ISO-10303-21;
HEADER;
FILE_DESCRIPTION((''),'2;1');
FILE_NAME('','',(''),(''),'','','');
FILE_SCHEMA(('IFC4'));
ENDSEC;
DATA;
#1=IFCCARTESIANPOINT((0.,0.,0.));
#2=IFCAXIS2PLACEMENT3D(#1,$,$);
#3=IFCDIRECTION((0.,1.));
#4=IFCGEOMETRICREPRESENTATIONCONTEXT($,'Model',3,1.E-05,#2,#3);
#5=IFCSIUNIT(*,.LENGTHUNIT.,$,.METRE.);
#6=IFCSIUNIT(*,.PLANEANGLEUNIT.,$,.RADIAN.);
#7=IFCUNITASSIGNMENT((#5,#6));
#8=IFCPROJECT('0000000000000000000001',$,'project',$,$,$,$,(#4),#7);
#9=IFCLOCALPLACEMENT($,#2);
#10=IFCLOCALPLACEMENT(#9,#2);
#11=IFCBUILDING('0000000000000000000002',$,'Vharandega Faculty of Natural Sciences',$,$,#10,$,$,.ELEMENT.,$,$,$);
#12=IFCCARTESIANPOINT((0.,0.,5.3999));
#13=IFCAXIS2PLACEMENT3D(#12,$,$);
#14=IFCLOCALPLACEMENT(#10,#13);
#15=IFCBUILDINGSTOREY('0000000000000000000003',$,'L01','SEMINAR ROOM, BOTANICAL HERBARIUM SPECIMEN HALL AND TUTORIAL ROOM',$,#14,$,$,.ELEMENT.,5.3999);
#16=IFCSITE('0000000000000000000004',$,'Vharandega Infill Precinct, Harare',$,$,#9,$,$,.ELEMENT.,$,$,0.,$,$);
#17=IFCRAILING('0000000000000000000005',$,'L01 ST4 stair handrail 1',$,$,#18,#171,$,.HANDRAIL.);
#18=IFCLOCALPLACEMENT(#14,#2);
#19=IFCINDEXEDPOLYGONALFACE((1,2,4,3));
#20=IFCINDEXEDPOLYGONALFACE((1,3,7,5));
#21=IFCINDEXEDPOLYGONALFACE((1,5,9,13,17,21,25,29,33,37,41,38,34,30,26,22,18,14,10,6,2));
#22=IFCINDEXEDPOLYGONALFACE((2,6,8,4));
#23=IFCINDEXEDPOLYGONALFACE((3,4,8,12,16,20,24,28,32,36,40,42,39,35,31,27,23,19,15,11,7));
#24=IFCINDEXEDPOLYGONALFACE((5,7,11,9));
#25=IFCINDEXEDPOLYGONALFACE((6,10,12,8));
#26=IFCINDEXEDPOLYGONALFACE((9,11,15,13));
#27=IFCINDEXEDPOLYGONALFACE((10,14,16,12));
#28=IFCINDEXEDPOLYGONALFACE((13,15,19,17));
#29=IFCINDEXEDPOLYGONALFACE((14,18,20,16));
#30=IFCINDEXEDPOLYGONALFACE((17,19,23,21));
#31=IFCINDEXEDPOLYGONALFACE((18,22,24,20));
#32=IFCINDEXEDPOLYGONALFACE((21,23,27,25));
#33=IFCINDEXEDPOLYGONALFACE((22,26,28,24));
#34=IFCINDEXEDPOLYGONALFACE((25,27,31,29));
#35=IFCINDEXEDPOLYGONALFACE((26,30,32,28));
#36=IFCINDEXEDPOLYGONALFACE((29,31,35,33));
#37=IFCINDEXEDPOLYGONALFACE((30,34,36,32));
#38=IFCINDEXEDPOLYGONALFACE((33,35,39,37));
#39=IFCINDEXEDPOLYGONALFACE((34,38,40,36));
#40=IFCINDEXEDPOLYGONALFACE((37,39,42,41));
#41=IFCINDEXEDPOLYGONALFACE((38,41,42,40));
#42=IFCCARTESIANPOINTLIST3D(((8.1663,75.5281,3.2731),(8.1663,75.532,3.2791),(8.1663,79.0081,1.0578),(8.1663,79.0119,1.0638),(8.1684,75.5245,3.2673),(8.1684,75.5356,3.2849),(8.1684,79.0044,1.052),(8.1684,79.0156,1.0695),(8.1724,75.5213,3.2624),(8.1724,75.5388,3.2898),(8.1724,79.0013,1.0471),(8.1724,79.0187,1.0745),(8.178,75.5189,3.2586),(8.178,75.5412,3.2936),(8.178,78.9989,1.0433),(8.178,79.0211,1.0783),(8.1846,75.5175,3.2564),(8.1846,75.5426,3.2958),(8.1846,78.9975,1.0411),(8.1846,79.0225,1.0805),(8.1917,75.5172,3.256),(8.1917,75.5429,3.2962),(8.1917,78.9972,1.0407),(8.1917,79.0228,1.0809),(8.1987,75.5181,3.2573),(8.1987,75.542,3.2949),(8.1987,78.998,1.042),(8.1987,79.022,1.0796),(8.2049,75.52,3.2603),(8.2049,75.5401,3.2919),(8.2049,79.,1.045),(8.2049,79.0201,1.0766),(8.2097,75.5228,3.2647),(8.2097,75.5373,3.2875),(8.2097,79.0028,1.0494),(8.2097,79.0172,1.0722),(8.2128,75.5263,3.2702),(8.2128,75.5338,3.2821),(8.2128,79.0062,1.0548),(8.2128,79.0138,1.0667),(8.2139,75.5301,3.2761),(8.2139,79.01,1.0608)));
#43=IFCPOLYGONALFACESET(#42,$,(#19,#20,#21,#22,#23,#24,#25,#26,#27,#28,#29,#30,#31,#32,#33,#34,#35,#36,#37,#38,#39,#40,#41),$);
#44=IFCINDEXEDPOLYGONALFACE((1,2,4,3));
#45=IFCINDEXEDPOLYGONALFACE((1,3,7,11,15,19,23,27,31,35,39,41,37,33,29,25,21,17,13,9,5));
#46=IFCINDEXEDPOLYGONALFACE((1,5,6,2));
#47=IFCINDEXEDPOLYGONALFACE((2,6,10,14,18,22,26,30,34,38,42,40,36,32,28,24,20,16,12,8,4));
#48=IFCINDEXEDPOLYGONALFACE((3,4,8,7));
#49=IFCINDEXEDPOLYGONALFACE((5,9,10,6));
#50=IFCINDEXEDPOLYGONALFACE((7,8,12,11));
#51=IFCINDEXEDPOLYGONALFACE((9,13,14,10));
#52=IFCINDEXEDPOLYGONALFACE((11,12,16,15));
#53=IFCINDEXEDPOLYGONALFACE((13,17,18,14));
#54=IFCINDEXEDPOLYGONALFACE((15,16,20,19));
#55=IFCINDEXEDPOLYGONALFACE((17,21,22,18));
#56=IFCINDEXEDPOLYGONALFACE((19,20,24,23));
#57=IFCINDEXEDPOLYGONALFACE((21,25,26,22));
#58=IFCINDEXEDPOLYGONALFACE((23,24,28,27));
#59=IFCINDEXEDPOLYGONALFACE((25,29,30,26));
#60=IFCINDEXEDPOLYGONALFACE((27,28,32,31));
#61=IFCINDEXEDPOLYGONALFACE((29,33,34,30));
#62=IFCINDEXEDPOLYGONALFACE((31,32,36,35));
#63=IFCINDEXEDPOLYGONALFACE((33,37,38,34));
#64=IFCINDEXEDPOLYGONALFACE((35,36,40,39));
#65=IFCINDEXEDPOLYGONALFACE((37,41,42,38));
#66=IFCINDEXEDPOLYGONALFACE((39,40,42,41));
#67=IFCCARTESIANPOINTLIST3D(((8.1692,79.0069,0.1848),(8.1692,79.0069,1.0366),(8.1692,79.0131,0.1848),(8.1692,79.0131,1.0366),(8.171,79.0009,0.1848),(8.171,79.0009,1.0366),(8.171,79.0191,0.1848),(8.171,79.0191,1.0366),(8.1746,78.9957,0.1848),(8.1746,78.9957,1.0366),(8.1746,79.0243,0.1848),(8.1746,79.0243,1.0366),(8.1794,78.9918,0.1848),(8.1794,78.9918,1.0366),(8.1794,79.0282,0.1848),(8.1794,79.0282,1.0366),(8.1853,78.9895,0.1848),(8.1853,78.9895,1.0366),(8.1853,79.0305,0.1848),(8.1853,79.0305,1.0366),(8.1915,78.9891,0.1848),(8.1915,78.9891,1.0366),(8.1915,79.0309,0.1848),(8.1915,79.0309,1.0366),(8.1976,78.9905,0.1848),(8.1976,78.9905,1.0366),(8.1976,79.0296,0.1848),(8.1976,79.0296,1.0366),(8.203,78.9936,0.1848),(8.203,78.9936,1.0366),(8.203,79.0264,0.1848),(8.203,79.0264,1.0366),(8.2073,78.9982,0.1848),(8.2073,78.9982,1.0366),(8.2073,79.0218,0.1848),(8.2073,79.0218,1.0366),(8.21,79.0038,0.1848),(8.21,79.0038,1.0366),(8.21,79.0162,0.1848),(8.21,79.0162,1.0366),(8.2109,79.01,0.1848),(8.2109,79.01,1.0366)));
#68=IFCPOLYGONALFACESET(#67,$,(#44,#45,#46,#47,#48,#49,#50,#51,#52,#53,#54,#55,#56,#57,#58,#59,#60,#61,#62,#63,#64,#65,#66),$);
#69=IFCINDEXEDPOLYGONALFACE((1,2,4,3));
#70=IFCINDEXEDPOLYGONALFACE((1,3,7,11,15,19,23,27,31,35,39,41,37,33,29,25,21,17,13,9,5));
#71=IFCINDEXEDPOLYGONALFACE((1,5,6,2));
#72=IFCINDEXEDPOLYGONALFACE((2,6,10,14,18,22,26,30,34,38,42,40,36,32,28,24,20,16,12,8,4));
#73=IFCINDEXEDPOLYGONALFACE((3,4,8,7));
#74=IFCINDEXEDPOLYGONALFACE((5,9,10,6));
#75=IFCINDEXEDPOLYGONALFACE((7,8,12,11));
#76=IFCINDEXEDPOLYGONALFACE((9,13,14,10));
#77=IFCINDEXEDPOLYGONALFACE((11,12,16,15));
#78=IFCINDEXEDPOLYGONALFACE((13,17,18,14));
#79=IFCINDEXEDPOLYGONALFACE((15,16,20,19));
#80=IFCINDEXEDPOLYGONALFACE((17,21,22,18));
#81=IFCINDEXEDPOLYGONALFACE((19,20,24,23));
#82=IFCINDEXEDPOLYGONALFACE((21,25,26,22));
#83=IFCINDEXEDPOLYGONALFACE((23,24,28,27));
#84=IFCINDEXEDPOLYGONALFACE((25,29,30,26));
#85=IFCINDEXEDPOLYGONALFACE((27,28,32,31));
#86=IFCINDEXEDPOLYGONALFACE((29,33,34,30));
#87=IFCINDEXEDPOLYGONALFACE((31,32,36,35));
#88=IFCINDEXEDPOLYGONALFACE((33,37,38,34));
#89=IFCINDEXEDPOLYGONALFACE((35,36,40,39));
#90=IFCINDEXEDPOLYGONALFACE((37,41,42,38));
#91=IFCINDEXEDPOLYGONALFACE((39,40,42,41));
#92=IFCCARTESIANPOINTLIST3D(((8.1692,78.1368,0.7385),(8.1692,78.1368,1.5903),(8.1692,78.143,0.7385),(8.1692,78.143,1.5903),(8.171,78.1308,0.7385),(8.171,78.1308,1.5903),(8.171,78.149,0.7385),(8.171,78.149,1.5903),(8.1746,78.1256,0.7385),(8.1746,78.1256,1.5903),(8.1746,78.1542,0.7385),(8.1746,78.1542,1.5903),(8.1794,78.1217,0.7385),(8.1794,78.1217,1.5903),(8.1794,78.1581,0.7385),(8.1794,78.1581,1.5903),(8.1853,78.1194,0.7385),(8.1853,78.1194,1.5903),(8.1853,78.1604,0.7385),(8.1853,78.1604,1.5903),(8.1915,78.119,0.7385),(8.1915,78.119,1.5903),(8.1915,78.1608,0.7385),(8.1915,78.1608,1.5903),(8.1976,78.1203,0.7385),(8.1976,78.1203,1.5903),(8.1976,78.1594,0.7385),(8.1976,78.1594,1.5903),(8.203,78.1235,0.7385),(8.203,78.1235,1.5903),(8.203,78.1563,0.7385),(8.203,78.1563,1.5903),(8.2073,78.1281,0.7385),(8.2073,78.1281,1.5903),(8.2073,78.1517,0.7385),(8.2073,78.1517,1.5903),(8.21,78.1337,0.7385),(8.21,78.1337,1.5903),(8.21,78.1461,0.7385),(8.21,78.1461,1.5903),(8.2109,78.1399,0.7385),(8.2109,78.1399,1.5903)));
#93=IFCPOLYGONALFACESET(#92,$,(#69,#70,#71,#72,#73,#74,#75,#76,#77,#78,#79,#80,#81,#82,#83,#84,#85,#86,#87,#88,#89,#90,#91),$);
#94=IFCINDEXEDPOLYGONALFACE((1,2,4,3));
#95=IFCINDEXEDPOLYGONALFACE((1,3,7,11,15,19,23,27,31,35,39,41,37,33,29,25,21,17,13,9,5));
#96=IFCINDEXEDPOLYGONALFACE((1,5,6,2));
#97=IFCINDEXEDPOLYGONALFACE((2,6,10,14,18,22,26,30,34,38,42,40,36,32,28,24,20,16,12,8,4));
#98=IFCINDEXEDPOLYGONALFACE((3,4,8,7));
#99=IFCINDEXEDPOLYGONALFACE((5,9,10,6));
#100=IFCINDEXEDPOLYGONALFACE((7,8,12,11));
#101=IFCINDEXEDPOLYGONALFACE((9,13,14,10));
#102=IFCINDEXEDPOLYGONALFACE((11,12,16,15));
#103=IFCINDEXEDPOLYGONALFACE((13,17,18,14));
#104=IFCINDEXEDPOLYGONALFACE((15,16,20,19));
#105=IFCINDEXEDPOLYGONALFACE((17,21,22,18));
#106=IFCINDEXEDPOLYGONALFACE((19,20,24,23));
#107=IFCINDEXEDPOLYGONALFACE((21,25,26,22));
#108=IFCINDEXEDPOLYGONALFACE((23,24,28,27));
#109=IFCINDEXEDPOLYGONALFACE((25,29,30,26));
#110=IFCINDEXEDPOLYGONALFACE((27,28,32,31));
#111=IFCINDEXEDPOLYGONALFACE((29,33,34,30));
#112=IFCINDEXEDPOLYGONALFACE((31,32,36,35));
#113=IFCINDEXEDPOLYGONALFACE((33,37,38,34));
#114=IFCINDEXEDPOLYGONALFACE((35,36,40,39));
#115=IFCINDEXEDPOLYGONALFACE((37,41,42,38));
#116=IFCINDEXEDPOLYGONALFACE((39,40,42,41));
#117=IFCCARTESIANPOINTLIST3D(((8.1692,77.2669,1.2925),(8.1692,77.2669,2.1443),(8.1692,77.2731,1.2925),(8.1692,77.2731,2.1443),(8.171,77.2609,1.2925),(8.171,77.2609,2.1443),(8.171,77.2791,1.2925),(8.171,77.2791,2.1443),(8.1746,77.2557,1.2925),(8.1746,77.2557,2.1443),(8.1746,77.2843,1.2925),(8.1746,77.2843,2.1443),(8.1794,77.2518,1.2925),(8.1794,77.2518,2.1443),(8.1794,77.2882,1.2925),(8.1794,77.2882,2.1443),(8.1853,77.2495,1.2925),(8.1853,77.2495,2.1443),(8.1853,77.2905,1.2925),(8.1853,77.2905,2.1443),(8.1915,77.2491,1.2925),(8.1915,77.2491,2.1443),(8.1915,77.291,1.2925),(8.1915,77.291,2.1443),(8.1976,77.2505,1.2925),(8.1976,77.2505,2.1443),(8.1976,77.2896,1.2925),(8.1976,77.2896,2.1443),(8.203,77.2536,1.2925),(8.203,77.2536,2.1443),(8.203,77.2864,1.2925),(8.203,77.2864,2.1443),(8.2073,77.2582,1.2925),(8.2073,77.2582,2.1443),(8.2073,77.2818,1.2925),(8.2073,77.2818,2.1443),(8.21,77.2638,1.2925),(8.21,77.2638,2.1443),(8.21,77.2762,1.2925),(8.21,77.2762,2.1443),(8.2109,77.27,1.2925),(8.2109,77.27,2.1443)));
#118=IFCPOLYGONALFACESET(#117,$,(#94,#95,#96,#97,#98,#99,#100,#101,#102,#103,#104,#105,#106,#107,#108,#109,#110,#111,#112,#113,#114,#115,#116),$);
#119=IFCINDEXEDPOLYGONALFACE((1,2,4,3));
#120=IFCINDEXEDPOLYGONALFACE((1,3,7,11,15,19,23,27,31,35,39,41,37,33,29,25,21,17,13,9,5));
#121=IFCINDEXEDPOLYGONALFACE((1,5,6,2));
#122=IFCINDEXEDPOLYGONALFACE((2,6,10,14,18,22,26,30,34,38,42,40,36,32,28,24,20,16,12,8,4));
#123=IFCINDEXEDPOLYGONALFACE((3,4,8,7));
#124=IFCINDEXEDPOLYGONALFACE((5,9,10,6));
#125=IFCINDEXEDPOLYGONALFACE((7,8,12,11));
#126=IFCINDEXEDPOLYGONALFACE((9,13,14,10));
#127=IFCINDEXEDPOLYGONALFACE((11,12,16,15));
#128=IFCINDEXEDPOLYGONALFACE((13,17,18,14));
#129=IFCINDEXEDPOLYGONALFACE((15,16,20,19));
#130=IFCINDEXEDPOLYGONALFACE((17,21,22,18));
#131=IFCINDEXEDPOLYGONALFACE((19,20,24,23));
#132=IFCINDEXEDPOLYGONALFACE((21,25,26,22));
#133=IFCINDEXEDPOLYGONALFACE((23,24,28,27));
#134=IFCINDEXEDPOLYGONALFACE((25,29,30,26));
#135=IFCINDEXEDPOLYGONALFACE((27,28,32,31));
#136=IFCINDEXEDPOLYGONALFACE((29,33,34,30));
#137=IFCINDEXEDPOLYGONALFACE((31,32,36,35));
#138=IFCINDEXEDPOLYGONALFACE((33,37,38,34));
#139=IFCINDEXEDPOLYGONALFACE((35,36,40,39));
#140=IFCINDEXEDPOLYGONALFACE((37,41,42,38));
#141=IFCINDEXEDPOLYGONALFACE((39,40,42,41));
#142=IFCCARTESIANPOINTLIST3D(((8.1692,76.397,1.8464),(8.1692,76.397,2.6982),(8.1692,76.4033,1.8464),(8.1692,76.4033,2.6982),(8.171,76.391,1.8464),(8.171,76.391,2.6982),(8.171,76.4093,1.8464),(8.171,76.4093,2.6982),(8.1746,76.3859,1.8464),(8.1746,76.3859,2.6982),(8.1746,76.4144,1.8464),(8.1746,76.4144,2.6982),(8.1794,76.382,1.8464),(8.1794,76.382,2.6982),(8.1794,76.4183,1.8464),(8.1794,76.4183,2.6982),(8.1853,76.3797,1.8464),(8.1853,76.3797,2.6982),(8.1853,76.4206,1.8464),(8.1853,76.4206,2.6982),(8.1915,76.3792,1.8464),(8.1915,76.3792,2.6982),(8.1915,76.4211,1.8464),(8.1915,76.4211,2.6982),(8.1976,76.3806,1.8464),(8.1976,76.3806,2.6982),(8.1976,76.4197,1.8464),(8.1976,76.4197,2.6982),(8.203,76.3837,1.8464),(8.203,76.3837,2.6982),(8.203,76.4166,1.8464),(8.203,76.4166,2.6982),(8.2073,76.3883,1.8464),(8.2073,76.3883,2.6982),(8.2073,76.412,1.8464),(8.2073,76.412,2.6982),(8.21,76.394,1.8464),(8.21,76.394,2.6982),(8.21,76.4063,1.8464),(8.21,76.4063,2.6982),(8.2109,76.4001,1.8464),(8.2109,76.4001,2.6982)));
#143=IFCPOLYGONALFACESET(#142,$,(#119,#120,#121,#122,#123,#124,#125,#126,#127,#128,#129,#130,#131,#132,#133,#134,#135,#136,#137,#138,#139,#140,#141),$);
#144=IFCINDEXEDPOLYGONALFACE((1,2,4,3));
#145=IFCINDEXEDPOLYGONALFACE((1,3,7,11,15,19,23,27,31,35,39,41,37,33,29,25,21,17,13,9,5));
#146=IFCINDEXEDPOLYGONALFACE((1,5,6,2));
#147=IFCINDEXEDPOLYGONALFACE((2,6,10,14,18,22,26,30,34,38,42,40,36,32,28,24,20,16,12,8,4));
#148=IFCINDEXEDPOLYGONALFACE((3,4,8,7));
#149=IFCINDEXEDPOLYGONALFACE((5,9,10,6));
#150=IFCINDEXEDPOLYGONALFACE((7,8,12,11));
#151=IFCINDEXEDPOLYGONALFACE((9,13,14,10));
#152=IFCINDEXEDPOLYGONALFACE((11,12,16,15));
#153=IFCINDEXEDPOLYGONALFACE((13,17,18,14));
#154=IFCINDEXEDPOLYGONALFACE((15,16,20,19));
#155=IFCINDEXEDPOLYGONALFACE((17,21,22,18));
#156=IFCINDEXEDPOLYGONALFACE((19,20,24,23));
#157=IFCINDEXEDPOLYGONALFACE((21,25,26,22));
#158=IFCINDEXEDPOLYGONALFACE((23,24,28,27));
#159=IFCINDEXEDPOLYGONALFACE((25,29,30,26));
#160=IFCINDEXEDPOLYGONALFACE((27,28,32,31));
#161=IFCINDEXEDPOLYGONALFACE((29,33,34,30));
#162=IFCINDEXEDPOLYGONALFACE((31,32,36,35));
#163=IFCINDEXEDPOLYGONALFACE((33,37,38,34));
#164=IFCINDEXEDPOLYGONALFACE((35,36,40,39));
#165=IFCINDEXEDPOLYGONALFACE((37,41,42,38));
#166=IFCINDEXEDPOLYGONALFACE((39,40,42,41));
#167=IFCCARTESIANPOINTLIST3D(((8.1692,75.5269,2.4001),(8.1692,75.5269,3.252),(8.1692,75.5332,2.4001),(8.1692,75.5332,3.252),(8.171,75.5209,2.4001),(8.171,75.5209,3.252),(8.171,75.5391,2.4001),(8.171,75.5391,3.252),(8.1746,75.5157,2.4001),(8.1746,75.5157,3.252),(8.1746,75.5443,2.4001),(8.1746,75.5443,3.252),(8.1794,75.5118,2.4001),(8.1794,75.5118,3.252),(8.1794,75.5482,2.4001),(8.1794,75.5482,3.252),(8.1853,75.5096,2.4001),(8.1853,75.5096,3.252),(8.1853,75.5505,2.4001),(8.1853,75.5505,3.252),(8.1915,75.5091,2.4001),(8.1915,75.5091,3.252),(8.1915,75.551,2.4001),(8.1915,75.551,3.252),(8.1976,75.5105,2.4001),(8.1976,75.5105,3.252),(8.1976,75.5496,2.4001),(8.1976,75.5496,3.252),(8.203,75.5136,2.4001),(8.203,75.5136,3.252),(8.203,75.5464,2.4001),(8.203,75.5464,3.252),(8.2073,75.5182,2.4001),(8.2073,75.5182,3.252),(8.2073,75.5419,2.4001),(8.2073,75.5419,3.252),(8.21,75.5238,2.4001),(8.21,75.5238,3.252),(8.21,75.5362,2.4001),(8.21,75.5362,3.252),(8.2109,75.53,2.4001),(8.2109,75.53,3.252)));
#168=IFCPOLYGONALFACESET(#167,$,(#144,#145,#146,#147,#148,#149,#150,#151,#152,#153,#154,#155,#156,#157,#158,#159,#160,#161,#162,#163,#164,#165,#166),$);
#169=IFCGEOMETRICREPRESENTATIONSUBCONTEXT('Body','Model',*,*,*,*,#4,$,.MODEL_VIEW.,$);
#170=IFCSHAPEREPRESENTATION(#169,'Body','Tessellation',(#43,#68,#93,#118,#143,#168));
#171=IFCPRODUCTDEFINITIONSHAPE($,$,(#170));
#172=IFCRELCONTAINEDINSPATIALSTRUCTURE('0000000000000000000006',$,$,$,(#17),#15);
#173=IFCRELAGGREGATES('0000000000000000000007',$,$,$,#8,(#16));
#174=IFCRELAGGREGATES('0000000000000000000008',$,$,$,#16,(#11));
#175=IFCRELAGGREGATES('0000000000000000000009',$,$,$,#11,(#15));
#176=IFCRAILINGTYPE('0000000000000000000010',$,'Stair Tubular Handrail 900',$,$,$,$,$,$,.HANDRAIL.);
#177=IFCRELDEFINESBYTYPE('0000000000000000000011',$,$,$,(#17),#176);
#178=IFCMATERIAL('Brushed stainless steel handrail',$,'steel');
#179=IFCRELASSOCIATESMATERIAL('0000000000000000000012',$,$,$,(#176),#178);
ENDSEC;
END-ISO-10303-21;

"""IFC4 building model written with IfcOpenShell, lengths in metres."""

from ifc_helpers import new_model, si_unit, direction, frame, origin, origin_2d, place, context, subcontext, project, spatial, circle, extrude, material, type_object, element, save


model = new_model("IFC4")

# Units and contexts
model_context = context("Model", 3, precision=1e-05, world=origin(), true_north=direction((0.0, 1.0)))
body_context = subcontext(model_context, "Body", "Model", "MODEL_VIEW")
ifc_project = project(units=[si_unit("LENGTHUNIT", "METRE"), si_unit("PLANEANGLEUNIT", "RADIAN")], contexts=[model_context])

# Site, building, storey
site_placement = place(None, origin())
site = spatial("IfcSite", under=ifc_project, at=site_placement, Name="Vharandega Infill Precinct, Harare", CompositionType="ELEMENT", RefElevation=0.0)
building_placement = place(site_placement, origin())
building = spatial("IfcBuilding", under=site, at=building_placement, Name="Vharandega Faculty of Natural Sciences", CompositionType="ELEMENT")
storey_placement = place(building_placement, frame((0.0, 0.0, 5.3999)))
storey = spatial("IfcBuildingStorey", under=building, at=storey_placement, Name="L01", Description="SEMINAR ROOM, BOTANICAL HERBARIUM SPECIMEN HALL AND TUTORIAL ROOM", CompositionType="ELEMENT", Elevation=5.3999)

# Railing
ifc_material_1 = material(Name="Brushed stainless steel handrail", Category="steel")
railing_type_1 = type_object("IfcRailingType", Name="Stair Tubular Handrail 900", PredefinedType="HANDRAIL", material=ifc_material_1)
railing_1_placement = place(storey_placement, frame((8.1899, 79.01, 0.1848)))
element("IfcRailing", 1, at=railing_1_placement, inside=storey, type_object=railing_type_1, Name="L01 ST4 stair handrail 1", PredefinedType="HANDRAIL", context=body_context, shape_type="SweptSolid", body=[
    extrude(circle(Radius=0.0239, at=origin_2d()), frame((0.0, 0.0, 0.876), z_axis=(0.0, -0.843574, 0.537013), x_axis=(1.0, 0.0, 0.0)), (0.0, 0.0, 1.0), 4.1252),
    extrude(circle(Radius=0.021, at=origin_2d()), origin(), (0.0, 0.0, 1.0), 0.8518),
    extrude(circle(Radius=0.021, at=origin_2d()), frame((0.0, -0.8701, 0.5537)), (0.0, 0.0, 1.0), 0.8518),
    extrude(circle(Radius=0.021, at=origin_2d()), frame((0.0, -1.74, 1.1077)), (0.0, 0.0, 1.0), 0.8518),
    extrude(circle(Radius=0.021, at=origin_2d()), frame((0.0, -2.6099, 1.6616)), (0.0, 0.0, 1.0), 0.8518),
    extrude(circle(Radius=0.021, at=origin_2d()), frame((0.0, -3.48, 2.2153)), (0.0, 0.0, 1.0), 0.8518),
])

save(model, "model.ifc")
